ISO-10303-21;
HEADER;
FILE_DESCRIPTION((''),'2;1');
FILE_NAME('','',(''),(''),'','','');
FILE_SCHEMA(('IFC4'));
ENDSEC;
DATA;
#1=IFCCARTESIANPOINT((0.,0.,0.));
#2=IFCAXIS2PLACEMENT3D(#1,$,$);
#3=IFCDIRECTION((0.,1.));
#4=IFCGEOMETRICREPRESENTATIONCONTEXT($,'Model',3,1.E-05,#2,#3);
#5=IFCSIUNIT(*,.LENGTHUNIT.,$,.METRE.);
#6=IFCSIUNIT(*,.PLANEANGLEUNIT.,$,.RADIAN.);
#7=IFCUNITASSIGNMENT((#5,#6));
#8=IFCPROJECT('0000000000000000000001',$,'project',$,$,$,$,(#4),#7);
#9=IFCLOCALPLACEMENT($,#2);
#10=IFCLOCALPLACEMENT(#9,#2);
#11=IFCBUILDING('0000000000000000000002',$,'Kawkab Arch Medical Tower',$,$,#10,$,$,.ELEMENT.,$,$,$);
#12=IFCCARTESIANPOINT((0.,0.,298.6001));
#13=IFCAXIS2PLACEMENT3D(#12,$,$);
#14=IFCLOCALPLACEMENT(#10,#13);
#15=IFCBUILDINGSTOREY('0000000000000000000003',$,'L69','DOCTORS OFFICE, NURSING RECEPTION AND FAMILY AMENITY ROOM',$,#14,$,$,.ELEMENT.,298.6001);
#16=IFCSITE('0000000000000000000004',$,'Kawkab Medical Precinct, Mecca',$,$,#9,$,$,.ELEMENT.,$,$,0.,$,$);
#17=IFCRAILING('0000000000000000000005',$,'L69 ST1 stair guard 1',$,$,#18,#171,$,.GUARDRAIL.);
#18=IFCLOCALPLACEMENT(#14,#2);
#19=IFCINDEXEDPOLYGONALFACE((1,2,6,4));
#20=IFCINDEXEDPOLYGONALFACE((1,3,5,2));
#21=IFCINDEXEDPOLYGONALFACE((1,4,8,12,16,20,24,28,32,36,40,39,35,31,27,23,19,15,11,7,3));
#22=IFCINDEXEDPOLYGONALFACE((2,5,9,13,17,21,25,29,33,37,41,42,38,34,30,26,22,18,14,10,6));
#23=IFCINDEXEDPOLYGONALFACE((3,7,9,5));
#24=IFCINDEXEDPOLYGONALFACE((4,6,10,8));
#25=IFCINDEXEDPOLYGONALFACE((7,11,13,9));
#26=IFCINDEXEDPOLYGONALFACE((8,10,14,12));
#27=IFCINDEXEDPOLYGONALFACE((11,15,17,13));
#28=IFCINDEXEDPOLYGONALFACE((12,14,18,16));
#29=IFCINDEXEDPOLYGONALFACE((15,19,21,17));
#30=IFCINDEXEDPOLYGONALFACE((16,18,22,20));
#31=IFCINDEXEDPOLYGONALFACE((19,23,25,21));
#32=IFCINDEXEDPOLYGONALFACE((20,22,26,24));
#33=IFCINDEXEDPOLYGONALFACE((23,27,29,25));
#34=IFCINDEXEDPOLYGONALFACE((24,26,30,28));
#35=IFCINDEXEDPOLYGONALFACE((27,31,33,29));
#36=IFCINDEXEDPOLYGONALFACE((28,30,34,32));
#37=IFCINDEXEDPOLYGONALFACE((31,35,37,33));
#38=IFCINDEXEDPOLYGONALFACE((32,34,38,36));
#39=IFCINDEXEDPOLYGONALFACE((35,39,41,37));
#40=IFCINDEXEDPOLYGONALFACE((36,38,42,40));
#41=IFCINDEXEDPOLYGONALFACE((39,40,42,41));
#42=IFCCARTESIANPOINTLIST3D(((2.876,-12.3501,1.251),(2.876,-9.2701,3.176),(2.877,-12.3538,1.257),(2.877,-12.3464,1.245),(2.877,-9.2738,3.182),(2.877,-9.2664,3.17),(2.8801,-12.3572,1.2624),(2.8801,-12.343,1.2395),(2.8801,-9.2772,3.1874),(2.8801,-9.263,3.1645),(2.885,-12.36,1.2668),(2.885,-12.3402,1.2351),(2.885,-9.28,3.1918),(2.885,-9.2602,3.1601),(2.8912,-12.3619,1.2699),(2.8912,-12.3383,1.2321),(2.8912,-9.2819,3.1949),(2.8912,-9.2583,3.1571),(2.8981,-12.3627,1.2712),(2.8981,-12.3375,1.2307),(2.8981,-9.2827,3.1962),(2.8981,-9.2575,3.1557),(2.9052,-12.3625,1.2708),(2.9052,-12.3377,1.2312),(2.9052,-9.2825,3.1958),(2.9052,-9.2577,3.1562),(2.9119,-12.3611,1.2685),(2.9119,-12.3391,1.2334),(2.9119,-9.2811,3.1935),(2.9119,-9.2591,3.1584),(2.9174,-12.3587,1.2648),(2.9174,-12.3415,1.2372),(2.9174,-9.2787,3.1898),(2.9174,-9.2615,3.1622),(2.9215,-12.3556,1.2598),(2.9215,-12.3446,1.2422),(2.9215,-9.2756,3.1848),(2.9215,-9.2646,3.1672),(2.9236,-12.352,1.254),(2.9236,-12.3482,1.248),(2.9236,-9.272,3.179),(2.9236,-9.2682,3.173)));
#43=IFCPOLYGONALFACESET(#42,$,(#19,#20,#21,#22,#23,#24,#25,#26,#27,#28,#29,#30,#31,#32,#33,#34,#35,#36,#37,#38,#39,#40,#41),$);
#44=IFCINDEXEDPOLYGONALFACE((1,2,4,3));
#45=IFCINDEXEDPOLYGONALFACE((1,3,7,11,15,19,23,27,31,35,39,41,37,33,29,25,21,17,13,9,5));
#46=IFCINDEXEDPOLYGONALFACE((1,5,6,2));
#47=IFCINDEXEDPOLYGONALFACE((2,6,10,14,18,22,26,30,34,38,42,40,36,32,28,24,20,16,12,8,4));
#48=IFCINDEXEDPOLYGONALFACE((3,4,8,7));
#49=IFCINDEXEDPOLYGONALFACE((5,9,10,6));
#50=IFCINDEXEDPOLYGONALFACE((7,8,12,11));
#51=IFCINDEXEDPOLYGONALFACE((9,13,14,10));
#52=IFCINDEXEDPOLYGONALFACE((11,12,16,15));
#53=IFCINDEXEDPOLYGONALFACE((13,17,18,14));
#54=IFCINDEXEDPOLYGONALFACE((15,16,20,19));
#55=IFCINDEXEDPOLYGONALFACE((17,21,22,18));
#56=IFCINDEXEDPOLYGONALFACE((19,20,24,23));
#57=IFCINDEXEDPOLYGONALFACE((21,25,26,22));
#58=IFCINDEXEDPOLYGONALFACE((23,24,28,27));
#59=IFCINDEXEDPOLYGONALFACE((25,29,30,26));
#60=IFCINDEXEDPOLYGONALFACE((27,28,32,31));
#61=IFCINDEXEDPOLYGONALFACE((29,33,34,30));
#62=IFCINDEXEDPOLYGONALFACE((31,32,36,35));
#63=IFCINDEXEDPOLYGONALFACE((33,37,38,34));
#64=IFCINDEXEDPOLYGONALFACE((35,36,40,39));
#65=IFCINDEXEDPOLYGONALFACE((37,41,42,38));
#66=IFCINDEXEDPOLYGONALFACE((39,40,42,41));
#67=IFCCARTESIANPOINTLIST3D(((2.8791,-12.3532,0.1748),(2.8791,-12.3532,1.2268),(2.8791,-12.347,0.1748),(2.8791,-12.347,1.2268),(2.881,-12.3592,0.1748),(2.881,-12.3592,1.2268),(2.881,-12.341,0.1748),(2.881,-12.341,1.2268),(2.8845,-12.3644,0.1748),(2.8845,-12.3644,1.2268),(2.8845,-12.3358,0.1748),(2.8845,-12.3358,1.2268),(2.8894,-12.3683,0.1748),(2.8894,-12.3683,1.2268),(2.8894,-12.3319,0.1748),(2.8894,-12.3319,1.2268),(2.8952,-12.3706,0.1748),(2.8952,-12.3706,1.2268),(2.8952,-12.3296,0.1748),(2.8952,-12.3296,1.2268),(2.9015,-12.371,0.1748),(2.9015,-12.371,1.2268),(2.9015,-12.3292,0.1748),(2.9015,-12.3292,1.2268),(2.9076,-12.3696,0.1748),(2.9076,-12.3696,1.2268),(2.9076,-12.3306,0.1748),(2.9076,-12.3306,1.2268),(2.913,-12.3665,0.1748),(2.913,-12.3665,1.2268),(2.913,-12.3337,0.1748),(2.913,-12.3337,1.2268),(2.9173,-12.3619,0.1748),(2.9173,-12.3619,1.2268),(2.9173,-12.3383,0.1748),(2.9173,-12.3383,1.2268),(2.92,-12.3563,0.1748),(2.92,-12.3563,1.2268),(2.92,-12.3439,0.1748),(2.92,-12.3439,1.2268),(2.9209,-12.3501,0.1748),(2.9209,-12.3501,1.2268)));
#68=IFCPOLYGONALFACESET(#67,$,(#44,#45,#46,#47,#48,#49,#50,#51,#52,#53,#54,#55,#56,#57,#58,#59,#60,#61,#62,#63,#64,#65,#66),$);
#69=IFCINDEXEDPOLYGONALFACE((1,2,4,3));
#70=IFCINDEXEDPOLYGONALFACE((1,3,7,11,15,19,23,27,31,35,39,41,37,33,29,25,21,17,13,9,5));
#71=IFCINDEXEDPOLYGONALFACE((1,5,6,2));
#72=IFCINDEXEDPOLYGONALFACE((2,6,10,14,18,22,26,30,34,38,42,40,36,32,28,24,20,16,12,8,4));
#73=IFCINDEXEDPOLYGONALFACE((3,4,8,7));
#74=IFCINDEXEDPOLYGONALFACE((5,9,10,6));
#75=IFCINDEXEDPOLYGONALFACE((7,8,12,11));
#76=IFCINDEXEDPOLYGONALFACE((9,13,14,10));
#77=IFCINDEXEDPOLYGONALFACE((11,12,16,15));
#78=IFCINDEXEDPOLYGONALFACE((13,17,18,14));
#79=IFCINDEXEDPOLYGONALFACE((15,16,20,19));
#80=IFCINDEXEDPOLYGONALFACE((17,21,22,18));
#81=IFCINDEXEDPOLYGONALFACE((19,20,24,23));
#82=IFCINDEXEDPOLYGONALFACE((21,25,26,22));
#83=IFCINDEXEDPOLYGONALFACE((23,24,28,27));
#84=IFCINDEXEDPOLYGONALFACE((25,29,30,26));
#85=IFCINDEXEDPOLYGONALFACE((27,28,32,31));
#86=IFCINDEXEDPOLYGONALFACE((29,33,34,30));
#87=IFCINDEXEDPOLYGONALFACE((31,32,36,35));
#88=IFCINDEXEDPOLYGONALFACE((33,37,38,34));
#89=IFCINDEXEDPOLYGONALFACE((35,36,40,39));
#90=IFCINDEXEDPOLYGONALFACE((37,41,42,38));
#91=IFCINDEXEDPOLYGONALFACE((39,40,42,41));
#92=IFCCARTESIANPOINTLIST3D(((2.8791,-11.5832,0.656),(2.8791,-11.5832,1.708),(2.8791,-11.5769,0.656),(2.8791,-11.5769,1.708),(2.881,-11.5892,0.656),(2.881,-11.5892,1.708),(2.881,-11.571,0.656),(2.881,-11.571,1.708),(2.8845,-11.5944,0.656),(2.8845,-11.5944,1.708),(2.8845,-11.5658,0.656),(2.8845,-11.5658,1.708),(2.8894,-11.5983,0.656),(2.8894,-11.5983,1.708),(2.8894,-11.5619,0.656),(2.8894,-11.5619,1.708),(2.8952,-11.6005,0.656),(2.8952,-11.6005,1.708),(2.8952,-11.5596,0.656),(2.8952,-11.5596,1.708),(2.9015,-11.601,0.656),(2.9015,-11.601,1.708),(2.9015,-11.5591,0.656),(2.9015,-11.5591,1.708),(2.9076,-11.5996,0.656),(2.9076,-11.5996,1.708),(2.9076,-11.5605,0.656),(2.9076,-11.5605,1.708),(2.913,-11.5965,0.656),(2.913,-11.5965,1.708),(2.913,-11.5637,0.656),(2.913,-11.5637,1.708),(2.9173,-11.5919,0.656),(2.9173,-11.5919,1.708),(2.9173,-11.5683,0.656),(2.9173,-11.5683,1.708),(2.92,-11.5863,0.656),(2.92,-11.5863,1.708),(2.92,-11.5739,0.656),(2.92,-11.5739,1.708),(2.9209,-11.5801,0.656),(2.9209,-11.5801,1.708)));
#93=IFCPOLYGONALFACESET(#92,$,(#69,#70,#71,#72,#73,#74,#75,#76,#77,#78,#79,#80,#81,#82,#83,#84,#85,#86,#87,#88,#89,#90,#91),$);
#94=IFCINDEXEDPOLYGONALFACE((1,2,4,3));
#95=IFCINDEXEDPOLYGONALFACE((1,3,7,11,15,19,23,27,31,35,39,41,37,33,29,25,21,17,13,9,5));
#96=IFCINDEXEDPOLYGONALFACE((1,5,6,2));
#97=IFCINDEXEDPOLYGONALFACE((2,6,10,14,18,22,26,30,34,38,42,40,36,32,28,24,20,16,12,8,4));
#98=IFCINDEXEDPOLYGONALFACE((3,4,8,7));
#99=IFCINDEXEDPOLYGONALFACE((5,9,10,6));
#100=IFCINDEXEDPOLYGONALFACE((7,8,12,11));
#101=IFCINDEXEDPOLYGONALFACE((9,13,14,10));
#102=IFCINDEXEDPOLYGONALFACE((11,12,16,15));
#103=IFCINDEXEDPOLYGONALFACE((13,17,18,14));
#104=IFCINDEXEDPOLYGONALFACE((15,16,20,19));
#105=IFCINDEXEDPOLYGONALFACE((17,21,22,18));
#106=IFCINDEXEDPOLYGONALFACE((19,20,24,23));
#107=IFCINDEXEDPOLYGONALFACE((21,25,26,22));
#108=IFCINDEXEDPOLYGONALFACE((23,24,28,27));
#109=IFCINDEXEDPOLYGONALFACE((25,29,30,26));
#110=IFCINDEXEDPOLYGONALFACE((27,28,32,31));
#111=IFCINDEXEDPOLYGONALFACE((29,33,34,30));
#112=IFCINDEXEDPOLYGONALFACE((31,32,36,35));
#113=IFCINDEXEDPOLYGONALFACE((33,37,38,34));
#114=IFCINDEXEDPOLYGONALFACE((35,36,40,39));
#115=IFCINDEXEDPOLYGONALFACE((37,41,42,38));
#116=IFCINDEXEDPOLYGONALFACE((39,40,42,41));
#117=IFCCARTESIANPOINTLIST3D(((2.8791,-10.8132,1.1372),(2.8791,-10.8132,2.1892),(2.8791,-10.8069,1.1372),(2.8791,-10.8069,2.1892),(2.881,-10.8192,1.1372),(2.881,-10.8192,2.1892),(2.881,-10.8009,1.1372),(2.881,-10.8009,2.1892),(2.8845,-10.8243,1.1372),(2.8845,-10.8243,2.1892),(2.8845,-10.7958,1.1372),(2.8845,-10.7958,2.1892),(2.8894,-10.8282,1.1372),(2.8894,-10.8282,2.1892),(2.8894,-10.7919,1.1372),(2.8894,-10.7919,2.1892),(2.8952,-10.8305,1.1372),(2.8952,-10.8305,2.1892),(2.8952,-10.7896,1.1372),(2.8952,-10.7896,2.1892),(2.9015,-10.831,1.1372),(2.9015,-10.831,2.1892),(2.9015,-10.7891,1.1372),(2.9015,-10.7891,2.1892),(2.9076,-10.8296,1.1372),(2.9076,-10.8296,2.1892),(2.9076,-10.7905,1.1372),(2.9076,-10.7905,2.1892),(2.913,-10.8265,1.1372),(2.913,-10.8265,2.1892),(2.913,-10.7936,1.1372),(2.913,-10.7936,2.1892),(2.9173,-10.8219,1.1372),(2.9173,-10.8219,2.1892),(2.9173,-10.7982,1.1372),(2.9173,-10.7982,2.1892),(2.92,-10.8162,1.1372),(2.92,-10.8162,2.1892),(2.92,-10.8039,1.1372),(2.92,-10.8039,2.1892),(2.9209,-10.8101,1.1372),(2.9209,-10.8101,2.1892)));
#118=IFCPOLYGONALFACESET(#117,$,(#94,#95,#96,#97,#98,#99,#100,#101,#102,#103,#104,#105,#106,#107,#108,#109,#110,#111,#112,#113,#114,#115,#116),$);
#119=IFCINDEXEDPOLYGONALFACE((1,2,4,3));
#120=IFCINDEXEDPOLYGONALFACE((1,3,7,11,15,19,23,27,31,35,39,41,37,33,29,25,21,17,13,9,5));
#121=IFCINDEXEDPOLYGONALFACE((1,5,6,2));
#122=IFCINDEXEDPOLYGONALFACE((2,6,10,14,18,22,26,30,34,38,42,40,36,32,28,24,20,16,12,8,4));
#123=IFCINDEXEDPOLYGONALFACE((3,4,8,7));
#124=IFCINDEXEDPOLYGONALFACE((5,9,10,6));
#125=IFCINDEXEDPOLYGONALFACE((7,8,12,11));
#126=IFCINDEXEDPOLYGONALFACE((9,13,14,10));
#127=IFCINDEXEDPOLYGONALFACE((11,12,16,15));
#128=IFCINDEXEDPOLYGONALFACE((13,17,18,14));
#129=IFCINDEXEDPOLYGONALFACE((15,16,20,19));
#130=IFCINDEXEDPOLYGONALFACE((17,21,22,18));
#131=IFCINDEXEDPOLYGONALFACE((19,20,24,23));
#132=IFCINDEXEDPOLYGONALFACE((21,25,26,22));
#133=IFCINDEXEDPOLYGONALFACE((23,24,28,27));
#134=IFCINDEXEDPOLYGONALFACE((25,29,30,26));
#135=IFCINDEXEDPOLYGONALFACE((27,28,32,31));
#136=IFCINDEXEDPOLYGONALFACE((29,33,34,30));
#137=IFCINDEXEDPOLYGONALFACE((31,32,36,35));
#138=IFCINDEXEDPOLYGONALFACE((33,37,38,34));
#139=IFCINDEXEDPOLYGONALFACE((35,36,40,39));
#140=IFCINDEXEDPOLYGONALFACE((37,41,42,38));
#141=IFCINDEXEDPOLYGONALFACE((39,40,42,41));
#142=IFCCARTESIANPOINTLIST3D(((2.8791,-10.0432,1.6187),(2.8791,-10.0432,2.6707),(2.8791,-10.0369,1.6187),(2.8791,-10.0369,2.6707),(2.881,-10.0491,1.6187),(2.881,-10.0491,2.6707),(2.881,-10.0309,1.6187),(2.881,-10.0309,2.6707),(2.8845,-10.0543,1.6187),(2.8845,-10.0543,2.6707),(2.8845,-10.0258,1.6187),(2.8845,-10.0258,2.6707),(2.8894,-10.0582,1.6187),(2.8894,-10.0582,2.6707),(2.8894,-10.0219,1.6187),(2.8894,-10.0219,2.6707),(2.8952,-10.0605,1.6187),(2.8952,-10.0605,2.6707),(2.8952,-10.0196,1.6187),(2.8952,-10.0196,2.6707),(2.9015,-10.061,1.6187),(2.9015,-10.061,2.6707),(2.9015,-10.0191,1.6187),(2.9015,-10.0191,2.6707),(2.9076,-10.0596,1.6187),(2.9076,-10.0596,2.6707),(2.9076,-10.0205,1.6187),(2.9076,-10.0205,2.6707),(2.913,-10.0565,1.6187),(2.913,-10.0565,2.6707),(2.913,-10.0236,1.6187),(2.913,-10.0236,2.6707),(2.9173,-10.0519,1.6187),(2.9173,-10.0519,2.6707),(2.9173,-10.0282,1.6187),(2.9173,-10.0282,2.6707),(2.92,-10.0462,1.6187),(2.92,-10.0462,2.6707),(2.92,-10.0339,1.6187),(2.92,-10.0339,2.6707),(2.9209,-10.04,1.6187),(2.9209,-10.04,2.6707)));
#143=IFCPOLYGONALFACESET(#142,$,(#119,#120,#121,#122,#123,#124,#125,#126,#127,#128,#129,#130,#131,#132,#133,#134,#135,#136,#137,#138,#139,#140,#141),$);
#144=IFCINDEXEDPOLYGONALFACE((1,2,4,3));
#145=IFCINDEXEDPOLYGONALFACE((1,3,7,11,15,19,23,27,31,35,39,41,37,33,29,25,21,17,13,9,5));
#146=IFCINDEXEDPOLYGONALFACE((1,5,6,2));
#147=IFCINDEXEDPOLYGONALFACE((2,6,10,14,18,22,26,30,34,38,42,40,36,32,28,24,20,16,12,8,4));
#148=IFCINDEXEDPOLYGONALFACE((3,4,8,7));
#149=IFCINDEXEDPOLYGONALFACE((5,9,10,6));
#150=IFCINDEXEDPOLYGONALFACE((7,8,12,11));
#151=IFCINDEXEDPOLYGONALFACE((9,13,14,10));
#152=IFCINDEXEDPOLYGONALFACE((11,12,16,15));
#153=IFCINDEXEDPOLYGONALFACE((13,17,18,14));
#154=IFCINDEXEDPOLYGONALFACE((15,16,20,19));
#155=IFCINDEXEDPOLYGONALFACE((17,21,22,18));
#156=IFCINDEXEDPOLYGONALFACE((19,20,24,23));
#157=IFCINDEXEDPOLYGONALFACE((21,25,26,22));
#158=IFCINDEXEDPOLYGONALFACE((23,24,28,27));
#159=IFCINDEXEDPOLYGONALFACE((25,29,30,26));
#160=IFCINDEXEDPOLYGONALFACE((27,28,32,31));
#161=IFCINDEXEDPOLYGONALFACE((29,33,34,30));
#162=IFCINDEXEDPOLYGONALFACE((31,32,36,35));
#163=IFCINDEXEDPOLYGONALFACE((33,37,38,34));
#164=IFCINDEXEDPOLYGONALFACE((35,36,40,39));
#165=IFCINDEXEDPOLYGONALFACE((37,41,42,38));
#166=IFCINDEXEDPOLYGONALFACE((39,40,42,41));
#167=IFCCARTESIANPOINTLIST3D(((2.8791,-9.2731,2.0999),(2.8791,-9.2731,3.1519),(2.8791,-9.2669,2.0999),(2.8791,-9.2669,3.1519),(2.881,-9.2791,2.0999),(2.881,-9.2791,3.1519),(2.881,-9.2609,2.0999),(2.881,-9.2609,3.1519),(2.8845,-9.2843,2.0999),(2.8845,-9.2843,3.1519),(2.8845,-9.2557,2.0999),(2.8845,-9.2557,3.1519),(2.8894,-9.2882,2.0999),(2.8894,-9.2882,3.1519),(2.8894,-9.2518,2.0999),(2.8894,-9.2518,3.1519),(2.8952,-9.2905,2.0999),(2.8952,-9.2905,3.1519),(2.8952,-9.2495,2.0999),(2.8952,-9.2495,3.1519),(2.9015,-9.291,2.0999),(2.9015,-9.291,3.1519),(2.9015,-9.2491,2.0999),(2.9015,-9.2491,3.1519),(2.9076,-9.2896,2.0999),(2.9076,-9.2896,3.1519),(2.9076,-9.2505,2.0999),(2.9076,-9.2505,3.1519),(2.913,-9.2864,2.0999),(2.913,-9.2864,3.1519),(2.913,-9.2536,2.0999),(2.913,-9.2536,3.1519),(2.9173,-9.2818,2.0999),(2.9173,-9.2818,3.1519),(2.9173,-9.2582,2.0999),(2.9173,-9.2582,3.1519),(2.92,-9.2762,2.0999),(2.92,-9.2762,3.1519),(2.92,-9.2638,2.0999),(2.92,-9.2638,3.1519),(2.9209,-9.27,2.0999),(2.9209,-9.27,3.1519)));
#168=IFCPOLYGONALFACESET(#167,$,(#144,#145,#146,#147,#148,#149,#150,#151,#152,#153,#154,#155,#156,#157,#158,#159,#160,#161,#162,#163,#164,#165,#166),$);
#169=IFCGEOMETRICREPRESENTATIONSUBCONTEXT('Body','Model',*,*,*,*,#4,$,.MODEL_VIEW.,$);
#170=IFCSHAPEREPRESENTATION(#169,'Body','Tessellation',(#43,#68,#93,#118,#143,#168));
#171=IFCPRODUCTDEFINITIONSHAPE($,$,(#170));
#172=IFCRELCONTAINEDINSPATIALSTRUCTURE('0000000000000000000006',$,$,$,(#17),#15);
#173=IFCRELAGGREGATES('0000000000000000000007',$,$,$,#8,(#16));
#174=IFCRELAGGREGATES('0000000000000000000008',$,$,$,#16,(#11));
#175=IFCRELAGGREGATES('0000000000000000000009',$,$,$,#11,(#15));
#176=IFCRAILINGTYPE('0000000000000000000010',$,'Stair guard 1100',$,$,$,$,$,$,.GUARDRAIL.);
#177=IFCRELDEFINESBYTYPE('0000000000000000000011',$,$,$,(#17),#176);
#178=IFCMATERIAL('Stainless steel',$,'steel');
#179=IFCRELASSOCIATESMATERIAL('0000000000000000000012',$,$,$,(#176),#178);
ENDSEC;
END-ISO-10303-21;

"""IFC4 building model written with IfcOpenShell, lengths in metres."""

from ifc_helpers import new_model, si_unit, direction, frame, origin, origin_2d, place, context, subcontext, project, spatial, circle, extrude, material, type_object, element, save


model = new_model("IFC4")

# Units and contexts
model_context = context("Model", 3, precision=1e-05, world=origin(), true_north=direction((0.0, 1.0)))
body_context = subcontext(model_context, "Body", "Model", "MODEL_VIEW")
ifc_project = project(units=[si_unit("LENGTHUNIT", "METRE"), si_unit("PLANEANGLEUNIT", "RADIAN")], contexts=[model_context])

# Site, building, storey
site_placement = place(None, origin())
site = spatial("IfcSite", under=ifc_project, at=site_placement, Name="Kawkab Medical Precinct, Mecca", CompositionType="ELEMENT", RefElevation=0.0)
building_placement = place(site_placement, origin())
building = spatial("IfcBuilding", under=site, at=building_placement, Name="Kawkab Arch Medical Tower", CompositionType="ELEMENT")
storey_placement = place(building_placement, frame((0.0, 0.0, 298.6001)))
storey = spatial("IfcBuildingStorey", under=building, at=storey_placement, Name="L69", Description="DOCTORS OFFICE, NURSING RECEPTION AND FAMILY AMENITY ROOM", CompositionType="ELEMENT", Elevation=298.6001)

# Railing
ifc_material_1 = material(Name="Stainless steel", Category="steel")
railing_type = type_object("IfcRailingType", Name="Stair guard 1100", PredefinedType="GUARDRAIL", material=ifc_material_1)
railing_1_placement = place(storey_placement, frame((2.8999, -12.3501, 0.1748)))
element("IfcRailing", 1, at=railing_1_placement, inside=storey, type_object=railing_type, Name="L69 ST1 stair guard 1", PredefinedType="GUARDRAIL", context=body_context, shape_type="SweptSolid", body=[
    extrude(circle(Radius=0.0239, at=origin_2d()), frame((0.0, 0.0, 1.0762), z_axis=(0.0, 0.847998, 0.529999), x_axis=(-1.0, 0.0, 0.0)), (0.0, 0.0, 1.0), 3.6321),
    extrude(circle(Radius=0.021, at=origin_2d()), origin(), (0.0, 0.0, 1.0), 1.052),
    extrude(circle(Radius=0.021, at=origin_2d()), frame((0.0, 0.77, 0.4812)), (0.0, 0.0, 1.0), 1.052),
    extrude(circle(Radius=0.021, at=origin_2d()), frame((0.0, 1.54, 0.9624)), (0.0, 0.0, 1.0), 1.052),
    extrude(circle(Radius=0.021, at=origin_2d()), frame((0.0, 2.3101, 1.4438)), (0.0, 0.0, 1.0), 1.052),
    extrude(circle(Radius=0.021, at=origin_2d()), frame((0.0, 3.0801, 1.925)), (0.0, 0.0, 1.0), 1.052),
])

save(model, "model.ifc")
